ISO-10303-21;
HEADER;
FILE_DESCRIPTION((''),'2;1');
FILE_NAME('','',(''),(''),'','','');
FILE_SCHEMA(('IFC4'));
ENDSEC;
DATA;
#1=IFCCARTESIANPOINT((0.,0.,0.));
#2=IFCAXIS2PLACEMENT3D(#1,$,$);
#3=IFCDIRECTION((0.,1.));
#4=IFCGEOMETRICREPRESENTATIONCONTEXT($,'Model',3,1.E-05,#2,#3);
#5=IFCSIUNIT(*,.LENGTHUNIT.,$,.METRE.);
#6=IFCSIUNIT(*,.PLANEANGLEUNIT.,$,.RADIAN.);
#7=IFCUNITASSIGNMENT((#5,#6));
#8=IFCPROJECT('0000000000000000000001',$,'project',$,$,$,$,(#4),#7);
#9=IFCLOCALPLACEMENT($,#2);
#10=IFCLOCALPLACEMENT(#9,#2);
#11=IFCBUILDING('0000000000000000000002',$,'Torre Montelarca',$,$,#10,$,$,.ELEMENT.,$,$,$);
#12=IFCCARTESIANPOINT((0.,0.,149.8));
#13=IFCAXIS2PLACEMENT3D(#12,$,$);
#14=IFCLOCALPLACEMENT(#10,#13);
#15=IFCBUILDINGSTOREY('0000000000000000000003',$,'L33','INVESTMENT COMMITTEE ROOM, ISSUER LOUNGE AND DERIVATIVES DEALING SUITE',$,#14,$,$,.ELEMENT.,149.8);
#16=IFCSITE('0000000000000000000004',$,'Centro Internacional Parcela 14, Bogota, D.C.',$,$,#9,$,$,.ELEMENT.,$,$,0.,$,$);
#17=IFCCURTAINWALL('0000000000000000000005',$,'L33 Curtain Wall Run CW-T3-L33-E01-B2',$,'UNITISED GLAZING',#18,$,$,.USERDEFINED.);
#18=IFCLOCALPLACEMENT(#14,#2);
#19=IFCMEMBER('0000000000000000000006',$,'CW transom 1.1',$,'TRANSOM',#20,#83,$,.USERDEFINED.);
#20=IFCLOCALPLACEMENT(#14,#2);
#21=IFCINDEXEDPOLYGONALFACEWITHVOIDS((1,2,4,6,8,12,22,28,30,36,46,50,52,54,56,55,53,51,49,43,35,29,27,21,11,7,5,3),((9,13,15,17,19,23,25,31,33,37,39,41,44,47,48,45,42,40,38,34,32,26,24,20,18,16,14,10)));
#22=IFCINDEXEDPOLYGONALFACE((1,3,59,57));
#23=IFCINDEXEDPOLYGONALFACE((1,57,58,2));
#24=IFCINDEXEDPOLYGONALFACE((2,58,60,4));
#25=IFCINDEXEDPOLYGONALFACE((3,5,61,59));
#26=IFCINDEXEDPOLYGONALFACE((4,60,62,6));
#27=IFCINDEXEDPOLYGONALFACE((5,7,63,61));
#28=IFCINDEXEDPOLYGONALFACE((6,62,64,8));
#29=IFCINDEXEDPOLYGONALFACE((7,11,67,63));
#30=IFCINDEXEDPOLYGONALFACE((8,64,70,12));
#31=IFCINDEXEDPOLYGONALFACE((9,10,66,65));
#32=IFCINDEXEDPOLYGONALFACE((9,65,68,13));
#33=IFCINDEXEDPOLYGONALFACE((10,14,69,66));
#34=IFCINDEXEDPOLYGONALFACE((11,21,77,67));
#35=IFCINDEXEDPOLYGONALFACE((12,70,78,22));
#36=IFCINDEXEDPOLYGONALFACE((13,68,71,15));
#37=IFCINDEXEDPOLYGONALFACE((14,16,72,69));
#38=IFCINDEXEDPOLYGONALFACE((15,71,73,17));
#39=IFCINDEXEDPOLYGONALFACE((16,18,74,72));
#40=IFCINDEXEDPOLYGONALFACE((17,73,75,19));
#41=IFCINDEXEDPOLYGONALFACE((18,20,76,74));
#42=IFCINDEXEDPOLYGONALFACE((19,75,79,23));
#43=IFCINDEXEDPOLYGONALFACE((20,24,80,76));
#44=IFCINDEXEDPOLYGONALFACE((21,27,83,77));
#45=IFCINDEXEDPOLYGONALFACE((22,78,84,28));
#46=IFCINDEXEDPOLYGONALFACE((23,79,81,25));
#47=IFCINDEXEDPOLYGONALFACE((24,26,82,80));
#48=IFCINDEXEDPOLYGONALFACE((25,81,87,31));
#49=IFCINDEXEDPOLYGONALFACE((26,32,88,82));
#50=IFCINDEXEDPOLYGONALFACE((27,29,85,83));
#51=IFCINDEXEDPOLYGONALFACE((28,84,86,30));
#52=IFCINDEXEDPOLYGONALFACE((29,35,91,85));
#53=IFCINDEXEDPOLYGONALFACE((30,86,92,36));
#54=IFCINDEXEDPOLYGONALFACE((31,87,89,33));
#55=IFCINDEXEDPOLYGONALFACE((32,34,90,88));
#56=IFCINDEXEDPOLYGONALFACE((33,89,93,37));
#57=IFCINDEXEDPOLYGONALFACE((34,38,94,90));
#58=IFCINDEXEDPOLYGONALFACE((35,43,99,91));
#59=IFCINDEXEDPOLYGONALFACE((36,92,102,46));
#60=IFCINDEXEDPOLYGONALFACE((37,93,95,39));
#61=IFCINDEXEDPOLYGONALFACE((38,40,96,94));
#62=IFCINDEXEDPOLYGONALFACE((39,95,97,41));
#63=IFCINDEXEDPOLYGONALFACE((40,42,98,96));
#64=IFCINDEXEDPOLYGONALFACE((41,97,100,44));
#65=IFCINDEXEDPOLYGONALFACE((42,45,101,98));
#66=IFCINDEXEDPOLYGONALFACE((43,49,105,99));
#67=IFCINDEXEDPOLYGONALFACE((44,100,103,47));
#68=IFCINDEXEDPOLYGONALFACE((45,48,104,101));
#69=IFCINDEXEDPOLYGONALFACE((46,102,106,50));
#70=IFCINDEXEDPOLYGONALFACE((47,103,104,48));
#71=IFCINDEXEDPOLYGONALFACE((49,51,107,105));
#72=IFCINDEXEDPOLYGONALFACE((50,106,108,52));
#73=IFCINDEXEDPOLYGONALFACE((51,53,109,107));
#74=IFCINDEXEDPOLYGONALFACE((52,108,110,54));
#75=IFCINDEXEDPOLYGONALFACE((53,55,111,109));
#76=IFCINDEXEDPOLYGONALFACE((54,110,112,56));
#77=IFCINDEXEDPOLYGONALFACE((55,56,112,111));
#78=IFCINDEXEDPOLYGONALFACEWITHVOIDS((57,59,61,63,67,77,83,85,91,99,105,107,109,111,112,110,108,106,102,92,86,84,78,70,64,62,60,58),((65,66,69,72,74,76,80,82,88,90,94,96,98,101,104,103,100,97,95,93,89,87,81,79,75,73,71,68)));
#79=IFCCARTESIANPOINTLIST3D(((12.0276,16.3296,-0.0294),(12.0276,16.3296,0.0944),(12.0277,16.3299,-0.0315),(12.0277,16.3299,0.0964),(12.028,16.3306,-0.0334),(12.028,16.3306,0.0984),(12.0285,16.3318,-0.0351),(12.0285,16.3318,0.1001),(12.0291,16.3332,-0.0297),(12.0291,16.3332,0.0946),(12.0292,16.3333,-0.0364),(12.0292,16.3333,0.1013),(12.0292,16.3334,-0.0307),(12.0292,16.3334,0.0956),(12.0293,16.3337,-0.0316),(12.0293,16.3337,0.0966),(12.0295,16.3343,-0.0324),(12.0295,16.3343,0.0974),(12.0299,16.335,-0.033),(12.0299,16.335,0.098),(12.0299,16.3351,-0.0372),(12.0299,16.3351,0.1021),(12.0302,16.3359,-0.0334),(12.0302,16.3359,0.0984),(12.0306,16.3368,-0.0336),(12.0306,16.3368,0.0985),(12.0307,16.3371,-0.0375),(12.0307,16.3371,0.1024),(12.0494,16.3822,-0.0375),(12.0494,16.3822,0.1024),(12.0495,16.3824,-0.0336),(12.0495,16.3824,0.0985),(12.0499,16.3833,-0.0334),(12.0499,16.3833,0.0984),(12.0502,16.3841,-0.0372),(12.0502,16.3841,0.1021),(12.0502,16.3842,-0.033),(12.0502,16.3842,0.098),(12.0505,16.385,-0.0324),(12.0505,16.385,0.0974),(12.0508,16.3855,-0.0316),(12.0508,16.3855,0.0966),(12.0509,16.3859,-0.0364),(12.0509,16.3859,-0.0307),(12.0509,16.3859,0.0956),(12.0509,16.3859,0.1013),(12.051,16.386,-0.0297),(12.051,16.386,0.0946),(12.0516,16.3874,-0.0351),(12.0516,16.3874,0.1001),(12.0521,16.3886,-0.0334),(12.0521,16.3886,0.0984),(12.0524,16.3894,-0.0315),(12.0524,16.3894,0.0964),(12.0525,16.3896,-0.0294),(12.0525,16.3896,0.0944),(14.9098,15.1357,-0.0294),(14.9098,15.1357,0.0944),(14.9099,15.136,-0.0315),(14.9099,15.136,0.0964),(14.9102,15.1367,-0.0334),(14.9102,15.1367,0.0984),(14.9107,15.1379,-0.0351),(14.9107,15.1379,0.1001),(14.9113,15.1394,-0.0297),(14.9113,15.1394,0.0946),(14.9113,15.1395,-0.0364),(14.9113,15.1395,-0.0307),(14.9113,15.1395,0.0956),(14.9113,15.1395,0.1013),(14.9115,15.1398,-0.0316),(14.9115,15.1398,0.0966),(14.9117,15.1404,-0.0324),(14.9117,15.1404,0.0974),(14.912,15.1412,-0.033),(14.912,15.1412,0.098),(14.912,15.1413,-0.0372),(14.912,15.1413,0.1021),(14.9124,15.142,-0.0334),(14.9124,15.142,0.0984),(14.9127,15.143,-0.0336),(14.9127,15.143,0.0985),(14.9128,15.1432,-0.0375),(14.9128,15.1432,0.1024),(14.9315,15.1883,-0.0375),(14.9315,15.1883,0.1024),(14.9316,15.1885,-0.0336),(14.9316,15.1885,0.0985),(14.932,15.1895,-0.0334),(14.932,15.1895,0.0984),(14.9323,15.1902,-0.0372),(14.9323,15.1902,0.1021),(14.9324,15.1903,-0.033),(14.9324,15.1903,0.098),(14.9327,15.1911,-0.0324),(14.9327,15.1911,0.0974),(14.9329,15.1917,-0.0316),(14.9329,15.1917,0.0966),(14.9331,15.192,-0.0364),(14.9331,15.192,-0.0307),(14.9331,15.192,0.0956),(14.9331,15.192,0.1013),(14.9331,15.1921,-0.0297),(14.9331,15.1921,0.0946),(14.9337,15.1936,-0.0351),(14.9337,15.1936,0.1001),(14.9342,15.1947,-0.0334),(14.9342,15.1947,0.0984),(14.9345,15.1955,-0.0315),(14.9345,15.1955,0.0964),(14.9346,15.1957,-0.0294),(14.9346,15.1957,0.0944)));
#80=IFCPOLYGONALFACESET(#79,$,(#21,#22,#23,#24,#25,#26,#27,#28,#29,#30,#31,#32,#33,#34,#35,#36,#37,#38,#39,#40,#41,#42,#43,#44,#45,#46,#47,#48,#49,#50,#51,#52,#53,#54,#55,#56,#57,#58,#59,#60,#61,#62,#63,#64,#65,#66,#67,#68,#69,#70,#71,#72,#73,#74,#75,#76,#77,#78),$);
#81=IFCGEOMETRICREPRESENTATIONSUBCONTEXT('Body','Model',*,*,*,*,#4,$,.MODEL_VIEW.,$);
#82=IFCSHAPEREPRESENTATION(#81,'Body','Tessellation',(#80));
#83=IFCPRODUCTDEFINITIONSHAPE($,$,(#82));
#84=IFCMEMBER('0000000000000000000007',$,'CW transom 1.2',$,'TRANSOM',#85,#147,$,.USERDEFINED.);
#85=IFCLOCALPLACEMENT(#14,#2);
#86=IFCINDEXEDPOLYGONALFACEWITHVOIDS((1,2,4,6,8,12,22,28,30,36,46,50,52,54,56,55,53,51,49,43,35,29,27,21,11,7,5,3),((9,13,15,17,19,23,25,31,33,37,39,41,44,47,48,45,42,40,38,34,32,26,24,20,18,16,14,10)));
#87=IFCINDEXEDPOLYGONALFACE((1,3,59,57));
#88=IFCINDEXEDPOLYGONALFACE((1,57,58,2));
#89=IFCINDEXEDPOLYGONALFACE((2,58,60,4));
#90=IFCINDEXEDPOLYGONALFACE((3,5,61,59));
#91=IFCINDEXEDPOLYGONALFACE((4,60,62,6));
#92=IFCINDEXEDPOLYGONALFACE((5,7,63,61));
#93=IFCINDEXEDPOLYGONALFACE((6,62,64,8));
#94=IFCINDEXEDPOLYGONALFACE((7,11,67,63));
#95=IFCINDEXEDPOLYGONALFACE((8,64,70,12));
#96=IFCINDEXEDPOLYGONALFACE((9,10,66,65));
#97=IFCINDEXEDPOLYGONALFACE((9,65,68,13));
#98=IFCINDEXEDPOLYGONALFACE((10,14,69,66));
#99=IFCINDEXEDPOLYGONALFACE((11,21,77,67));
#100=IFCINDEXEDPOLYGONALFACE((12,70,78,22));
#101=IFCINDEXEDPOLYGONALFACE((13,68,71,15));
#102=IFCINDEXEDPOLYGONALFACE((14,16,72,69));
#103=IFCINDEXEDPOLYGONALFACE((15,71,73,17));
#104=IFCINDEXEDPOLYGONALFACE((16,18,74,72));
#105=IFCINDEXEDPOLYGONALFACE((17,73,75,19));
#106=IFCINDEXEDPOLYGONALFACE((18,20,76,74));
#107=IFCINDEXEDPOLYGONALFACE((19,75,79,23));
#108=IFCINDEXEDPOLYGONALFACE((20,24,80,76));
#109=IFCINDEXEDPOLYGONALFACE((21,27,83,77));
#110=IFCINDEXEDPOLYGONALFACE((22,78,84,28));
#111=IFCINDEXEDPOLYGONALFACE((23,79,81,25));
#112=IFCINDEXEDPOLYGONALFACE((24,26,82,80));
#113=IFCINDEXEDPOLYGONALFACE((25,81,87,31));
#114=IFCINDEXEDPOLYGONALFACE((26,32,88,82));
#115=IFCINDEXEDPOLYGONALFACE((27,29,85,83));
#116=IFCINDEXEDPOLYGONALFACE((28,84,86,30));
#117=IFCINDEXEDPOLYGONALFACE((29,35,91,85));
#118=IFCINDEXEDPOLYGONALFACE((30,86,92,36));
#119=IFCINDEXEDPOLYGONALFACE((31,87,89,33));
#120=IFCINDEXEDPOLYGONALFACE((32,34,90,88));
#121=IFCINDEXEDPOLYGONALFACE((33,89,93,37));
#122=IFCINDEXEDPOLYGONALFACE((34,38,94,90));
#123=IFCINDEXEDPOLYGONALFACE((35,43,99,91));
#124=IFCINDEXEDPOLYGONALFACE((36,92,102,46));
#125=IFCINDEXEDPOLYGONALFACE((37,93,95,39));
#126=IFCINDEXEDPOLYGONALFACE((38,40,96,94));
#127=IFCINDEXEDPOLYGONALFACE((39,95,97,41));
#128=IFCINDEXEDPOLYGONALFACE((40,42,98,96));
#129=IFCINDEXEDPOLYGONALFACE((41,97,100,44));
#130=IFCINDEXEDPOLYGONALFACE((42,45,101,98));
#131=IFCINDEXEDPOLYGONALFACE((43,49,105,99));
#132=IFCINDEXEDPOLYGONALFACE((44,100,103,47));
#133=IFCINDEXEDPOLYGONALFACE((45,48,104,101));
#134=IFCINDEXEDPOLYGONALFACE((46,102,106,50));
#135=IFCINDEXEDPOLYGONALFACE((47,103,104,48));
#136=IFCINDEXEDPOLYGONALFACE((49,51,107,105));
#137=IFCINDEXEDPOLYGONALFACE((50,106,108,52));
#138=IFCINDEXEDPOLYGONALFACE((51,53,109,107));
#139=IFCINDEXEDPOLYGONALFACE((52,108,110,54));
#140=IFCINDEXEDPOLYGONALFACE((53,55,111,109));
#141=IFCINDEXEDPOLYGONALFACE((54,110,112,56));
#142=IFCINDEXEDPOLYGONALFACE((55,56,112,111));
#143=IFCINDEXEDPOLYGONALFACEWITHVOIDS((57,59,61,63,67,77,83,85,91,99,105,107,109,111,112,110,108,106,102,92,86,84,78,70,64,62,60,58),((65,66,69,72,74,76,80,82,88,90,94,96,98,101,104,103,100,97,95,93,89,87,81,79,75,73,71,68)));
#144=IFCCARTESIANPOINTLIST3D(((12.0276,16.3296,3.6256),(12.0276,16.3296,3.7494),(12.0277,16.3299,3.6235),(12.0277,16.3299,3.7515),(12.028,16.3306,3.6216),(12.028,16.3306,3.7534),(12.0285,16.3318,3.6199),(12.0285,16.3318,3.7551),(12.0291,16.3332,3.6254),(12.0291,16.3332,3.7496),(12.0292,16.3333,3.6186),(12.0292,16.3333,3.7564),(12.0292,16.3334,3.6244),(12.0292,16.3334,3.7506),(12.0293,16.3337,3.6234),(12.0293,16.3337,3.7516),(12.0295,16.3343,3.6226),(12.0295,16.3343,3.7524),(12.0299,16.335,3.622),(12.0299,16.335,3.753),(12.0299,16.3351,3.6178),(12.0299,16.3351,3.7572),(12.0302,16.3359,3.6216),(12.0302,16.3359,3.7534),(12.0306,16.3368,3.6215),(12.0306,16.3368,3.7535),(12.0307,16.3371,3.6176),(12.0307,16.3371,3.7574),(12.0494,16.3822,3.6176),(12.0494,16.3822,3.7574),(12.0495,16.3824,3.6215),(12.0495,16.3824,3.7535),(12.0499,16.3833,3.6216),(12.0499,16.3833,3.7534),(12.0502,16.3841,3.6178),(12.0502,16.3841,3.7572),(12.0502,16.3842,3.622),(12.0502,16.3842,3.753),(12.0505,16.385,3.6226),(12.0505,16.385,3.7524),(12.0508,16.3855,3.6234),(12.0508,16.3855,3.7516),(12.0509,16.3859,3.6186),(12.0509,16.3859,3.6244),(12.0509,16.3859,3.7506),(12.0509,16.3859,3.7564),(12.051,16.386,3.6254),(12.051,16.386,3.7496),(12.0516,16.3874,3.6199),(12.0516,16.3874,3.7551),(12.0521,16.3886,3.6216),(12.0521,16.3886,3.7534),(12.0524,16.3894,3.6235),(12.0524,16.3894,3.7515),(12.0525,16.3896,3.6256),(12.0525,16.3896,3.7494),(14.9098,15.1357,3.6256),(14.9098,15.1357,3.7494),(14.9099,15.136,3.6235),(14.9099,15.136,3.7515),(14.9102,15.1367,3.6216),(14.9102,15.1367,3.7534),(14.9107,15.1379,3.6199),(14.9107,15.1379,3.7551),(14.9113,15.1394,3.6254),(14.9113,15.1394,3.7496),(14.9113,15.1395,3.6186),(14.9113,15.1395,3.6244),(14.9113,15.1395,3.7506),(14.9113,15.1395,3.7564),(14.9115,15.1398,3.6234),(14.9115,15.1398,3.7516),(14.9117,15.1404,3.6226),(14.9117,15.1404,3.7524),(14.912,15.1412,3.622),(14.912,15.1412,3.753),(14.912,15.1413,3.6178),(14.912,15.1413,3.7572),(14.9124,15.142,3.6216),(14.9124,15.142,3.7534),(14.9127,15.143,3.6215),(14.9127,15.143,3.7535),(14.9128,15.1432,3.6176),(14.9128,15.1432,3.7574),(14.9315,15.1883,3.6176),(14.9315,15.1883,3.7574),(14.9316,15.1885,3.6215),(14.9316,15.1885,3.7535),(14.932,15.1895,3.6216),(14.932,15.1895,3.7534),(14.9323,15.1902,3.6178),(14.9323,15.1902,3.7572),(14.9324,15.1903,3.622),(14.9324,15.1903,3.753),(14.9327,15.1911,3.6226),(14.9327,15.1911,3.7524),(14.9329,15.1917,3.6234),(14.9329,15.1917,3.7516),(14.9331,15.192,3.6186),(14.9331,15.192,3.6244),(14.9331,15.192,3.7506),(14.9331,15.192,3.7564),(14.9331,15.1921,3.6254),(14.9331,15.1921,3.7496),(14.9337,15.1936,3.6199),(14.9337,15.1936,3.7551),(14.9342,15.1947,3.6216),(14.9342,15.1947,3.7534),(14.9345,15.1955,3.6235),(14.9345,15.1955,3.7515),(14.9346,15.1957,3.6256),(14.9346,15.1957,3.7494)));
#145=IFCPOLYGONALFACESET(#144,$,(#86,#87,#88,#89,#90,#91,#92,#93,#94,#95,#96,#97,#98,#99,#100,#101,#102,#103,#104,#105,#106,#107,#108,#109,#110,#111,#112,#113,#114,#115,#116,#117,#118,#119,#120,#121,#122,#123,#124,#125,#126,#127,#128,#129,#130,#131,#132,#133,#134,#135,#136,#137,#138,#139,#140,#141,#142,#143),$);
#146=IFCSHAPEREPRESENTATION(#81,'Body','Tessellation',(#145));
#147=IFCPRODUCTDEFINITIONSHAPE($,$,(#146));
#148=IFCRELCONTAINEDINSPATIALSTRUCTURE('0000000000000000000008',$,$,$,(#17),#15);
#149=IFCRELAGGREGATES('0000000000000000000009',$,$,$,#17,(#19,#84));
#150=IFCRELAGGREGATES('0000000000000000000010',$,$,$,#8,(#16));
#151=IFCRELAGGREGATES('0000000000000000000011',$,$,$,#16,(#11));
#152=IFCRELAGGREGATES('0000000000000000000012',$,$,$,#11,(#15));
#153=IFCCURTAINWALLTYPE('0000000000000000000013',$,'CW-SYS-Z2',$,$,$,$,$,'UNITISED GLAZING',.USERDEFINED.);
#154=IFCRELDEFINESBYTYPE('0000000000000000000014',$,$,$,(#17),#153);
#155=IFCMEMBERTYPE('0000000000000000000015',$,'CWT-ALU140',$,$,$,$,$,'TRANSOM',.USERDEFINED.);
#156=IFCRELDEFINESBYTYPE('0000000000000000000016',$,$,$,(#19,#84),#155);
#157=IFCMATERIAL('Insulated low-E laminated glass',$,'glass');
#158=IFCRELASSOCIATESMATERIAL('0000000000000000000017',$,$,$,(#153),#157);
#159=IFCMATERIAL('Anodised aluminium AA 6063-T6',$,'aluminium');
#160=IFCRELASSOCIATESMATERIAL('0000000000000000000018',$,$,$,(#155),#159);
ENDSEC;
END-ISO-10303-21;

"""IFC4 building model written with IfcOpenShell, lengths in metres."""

from ifc_helpers import new_model, si_unit, direction, frame, origin, origin_2d, place, context, subcontext, project, spatial, hollow_rectangle, extrude, source, transform, mapped, material, material_profile, profile_set, type_object, element, aggregate, save


model = new_model("IFC4")

# Units and contexts
model_context = context("Model", 3, precision=1e-05, world=origin(), true_north=direction((0.0, 1.0)))
body_context = subcontext(model_context, "Body", "Model", "MODEL_VIEW")
ifc_project = project(units=[si_unit("LENGTHUNIT", "METRE"), si_unit("PLANEANGLEUNIT", "RADIAN")], contexts=[model_context])

# Site, building, storey
site_placement = place(None, origin())
site = spatial("IfcSite", under=ifc_project, at=site_placement, Name="Centro Internacional Parcela 14, Bogota, D.C.", CompositionType="ELEMENT", RefElevation=0.0)
building_placement = place(site_placement, origin())
building = spatial("IfcBuilding", under=site, at=building_placement, Name="Torre Montelarca", CompositionType="ELEMENT")
storey_placement = place(building_placement, frame((0.0, 0.0, 149.8)))
storey = spatial("IfcBuildingStorey", under=building, at=storey_placement, Name="L33", Description="INVESTMENT COMMITTEE ROOM, ISSUER LOUNGE AND DERIVATIVES DEALING SUITE", CompositionType="ELEMENT", Elevation=149.8)

# Curtain wall
ifc_material_1 = material(Name="Insulated low-E laminated glass", Category="glass")
curtain_wall_type = type_object("IfcCurtainWallType", Name="CW-SYS-Z2", ElementType="UNITISED GLAZING", PredefinedType="USERDEFINED", material=ifc_material_1)
ifc_material_2 = material(Name="Anodised aluminium AA 6063-T6", Category="aluminium")
curtain_wall_1_placement = place(storey_placement, origin())
curtain_wall_1 = element("IfcCurtainWall", 1, at=curtain_wall_1_placement, inside=storey, type_object=curtain_wall_type, Name="L33 Curtain Wall Run CW-T3-L33-E01-B2", ObjectType="UNITISED GLAZING", PredefinedType="USERDEFINED")

# Members
ifc_material_profile_1 = material_profile(ifc_material_2, hollow_rectangle(XDim=0.0649, YDim=0.1399, WallThickness=0.0039, InnerFilletRadius=0.0039, OuterFilletRadius=0.0081, at=origin_2d()), Name="ALU65X140X4", Category="aluminium")
ifc_profile_set_1 = profile_set([ifc_material_profile_1], Name="Anodised aluminium AA 6063-T6")
member_type_1 = type_object("IfcMemberType", Name="CWT-ALU140", ElementType="TRANSOM", PredefinedType="USERDEFINED", material=ifc_profile_set_1)
shared_shape_1 = source(origin(), body_context, "Body", "SweptSolid", [
    extrude(hollow_rectangle(XDim=0.0649, YDim=0.1399, WallThickness=0.0039, InnerFilletRadius=0.0039, OuterFilletRadius=0.0081, at=origin_2d()), origin(), (0.0, 0.0, 1.0), 3.1196),
])
member_1_placement = place(storey_placement, frame((12.04, 16.3596, 0.0325), z_axis=(0.923874, -0.382697, 0.0), x_axis=(0.382697, 0.923874, 0.0)))
member_1 = element("IfcMember", 2, at=member_1_placement, type_object=member_type_1, Name="CW transom 1.1", ObjectType="TRANSOM", PredefinedType="USERDEFINED", context=body_context, shape_type="MappedRepresentation", body=[
    mapped(shared_shape_1, transform((0.0, 0.0, 0.0), scale=1.0)),
])
member_2_placement = place(storey_placement, frame((12.04, 16.3596, 3.6875), z_axis=(0.923874, -0.382697, 0.0), x_axis=(0.382697, 0.923874, 0.0)))
member_2 = element("IfcMember", 3, at=member_2_placement, type_object=member_type_1, Name="CW transom 1.2", ObjectType="TRANSOM", PredefinedType="USERDEFINED", context=body_context, shape_type="MappedRepresentation", body=[
    mapped(shared_shape_1, transform((0.0, 0.0, 0.0), scale=1.0)),
])

aggregate(curtain_wall_1, [member_1, member_2])

save(model, "model.ifc")
